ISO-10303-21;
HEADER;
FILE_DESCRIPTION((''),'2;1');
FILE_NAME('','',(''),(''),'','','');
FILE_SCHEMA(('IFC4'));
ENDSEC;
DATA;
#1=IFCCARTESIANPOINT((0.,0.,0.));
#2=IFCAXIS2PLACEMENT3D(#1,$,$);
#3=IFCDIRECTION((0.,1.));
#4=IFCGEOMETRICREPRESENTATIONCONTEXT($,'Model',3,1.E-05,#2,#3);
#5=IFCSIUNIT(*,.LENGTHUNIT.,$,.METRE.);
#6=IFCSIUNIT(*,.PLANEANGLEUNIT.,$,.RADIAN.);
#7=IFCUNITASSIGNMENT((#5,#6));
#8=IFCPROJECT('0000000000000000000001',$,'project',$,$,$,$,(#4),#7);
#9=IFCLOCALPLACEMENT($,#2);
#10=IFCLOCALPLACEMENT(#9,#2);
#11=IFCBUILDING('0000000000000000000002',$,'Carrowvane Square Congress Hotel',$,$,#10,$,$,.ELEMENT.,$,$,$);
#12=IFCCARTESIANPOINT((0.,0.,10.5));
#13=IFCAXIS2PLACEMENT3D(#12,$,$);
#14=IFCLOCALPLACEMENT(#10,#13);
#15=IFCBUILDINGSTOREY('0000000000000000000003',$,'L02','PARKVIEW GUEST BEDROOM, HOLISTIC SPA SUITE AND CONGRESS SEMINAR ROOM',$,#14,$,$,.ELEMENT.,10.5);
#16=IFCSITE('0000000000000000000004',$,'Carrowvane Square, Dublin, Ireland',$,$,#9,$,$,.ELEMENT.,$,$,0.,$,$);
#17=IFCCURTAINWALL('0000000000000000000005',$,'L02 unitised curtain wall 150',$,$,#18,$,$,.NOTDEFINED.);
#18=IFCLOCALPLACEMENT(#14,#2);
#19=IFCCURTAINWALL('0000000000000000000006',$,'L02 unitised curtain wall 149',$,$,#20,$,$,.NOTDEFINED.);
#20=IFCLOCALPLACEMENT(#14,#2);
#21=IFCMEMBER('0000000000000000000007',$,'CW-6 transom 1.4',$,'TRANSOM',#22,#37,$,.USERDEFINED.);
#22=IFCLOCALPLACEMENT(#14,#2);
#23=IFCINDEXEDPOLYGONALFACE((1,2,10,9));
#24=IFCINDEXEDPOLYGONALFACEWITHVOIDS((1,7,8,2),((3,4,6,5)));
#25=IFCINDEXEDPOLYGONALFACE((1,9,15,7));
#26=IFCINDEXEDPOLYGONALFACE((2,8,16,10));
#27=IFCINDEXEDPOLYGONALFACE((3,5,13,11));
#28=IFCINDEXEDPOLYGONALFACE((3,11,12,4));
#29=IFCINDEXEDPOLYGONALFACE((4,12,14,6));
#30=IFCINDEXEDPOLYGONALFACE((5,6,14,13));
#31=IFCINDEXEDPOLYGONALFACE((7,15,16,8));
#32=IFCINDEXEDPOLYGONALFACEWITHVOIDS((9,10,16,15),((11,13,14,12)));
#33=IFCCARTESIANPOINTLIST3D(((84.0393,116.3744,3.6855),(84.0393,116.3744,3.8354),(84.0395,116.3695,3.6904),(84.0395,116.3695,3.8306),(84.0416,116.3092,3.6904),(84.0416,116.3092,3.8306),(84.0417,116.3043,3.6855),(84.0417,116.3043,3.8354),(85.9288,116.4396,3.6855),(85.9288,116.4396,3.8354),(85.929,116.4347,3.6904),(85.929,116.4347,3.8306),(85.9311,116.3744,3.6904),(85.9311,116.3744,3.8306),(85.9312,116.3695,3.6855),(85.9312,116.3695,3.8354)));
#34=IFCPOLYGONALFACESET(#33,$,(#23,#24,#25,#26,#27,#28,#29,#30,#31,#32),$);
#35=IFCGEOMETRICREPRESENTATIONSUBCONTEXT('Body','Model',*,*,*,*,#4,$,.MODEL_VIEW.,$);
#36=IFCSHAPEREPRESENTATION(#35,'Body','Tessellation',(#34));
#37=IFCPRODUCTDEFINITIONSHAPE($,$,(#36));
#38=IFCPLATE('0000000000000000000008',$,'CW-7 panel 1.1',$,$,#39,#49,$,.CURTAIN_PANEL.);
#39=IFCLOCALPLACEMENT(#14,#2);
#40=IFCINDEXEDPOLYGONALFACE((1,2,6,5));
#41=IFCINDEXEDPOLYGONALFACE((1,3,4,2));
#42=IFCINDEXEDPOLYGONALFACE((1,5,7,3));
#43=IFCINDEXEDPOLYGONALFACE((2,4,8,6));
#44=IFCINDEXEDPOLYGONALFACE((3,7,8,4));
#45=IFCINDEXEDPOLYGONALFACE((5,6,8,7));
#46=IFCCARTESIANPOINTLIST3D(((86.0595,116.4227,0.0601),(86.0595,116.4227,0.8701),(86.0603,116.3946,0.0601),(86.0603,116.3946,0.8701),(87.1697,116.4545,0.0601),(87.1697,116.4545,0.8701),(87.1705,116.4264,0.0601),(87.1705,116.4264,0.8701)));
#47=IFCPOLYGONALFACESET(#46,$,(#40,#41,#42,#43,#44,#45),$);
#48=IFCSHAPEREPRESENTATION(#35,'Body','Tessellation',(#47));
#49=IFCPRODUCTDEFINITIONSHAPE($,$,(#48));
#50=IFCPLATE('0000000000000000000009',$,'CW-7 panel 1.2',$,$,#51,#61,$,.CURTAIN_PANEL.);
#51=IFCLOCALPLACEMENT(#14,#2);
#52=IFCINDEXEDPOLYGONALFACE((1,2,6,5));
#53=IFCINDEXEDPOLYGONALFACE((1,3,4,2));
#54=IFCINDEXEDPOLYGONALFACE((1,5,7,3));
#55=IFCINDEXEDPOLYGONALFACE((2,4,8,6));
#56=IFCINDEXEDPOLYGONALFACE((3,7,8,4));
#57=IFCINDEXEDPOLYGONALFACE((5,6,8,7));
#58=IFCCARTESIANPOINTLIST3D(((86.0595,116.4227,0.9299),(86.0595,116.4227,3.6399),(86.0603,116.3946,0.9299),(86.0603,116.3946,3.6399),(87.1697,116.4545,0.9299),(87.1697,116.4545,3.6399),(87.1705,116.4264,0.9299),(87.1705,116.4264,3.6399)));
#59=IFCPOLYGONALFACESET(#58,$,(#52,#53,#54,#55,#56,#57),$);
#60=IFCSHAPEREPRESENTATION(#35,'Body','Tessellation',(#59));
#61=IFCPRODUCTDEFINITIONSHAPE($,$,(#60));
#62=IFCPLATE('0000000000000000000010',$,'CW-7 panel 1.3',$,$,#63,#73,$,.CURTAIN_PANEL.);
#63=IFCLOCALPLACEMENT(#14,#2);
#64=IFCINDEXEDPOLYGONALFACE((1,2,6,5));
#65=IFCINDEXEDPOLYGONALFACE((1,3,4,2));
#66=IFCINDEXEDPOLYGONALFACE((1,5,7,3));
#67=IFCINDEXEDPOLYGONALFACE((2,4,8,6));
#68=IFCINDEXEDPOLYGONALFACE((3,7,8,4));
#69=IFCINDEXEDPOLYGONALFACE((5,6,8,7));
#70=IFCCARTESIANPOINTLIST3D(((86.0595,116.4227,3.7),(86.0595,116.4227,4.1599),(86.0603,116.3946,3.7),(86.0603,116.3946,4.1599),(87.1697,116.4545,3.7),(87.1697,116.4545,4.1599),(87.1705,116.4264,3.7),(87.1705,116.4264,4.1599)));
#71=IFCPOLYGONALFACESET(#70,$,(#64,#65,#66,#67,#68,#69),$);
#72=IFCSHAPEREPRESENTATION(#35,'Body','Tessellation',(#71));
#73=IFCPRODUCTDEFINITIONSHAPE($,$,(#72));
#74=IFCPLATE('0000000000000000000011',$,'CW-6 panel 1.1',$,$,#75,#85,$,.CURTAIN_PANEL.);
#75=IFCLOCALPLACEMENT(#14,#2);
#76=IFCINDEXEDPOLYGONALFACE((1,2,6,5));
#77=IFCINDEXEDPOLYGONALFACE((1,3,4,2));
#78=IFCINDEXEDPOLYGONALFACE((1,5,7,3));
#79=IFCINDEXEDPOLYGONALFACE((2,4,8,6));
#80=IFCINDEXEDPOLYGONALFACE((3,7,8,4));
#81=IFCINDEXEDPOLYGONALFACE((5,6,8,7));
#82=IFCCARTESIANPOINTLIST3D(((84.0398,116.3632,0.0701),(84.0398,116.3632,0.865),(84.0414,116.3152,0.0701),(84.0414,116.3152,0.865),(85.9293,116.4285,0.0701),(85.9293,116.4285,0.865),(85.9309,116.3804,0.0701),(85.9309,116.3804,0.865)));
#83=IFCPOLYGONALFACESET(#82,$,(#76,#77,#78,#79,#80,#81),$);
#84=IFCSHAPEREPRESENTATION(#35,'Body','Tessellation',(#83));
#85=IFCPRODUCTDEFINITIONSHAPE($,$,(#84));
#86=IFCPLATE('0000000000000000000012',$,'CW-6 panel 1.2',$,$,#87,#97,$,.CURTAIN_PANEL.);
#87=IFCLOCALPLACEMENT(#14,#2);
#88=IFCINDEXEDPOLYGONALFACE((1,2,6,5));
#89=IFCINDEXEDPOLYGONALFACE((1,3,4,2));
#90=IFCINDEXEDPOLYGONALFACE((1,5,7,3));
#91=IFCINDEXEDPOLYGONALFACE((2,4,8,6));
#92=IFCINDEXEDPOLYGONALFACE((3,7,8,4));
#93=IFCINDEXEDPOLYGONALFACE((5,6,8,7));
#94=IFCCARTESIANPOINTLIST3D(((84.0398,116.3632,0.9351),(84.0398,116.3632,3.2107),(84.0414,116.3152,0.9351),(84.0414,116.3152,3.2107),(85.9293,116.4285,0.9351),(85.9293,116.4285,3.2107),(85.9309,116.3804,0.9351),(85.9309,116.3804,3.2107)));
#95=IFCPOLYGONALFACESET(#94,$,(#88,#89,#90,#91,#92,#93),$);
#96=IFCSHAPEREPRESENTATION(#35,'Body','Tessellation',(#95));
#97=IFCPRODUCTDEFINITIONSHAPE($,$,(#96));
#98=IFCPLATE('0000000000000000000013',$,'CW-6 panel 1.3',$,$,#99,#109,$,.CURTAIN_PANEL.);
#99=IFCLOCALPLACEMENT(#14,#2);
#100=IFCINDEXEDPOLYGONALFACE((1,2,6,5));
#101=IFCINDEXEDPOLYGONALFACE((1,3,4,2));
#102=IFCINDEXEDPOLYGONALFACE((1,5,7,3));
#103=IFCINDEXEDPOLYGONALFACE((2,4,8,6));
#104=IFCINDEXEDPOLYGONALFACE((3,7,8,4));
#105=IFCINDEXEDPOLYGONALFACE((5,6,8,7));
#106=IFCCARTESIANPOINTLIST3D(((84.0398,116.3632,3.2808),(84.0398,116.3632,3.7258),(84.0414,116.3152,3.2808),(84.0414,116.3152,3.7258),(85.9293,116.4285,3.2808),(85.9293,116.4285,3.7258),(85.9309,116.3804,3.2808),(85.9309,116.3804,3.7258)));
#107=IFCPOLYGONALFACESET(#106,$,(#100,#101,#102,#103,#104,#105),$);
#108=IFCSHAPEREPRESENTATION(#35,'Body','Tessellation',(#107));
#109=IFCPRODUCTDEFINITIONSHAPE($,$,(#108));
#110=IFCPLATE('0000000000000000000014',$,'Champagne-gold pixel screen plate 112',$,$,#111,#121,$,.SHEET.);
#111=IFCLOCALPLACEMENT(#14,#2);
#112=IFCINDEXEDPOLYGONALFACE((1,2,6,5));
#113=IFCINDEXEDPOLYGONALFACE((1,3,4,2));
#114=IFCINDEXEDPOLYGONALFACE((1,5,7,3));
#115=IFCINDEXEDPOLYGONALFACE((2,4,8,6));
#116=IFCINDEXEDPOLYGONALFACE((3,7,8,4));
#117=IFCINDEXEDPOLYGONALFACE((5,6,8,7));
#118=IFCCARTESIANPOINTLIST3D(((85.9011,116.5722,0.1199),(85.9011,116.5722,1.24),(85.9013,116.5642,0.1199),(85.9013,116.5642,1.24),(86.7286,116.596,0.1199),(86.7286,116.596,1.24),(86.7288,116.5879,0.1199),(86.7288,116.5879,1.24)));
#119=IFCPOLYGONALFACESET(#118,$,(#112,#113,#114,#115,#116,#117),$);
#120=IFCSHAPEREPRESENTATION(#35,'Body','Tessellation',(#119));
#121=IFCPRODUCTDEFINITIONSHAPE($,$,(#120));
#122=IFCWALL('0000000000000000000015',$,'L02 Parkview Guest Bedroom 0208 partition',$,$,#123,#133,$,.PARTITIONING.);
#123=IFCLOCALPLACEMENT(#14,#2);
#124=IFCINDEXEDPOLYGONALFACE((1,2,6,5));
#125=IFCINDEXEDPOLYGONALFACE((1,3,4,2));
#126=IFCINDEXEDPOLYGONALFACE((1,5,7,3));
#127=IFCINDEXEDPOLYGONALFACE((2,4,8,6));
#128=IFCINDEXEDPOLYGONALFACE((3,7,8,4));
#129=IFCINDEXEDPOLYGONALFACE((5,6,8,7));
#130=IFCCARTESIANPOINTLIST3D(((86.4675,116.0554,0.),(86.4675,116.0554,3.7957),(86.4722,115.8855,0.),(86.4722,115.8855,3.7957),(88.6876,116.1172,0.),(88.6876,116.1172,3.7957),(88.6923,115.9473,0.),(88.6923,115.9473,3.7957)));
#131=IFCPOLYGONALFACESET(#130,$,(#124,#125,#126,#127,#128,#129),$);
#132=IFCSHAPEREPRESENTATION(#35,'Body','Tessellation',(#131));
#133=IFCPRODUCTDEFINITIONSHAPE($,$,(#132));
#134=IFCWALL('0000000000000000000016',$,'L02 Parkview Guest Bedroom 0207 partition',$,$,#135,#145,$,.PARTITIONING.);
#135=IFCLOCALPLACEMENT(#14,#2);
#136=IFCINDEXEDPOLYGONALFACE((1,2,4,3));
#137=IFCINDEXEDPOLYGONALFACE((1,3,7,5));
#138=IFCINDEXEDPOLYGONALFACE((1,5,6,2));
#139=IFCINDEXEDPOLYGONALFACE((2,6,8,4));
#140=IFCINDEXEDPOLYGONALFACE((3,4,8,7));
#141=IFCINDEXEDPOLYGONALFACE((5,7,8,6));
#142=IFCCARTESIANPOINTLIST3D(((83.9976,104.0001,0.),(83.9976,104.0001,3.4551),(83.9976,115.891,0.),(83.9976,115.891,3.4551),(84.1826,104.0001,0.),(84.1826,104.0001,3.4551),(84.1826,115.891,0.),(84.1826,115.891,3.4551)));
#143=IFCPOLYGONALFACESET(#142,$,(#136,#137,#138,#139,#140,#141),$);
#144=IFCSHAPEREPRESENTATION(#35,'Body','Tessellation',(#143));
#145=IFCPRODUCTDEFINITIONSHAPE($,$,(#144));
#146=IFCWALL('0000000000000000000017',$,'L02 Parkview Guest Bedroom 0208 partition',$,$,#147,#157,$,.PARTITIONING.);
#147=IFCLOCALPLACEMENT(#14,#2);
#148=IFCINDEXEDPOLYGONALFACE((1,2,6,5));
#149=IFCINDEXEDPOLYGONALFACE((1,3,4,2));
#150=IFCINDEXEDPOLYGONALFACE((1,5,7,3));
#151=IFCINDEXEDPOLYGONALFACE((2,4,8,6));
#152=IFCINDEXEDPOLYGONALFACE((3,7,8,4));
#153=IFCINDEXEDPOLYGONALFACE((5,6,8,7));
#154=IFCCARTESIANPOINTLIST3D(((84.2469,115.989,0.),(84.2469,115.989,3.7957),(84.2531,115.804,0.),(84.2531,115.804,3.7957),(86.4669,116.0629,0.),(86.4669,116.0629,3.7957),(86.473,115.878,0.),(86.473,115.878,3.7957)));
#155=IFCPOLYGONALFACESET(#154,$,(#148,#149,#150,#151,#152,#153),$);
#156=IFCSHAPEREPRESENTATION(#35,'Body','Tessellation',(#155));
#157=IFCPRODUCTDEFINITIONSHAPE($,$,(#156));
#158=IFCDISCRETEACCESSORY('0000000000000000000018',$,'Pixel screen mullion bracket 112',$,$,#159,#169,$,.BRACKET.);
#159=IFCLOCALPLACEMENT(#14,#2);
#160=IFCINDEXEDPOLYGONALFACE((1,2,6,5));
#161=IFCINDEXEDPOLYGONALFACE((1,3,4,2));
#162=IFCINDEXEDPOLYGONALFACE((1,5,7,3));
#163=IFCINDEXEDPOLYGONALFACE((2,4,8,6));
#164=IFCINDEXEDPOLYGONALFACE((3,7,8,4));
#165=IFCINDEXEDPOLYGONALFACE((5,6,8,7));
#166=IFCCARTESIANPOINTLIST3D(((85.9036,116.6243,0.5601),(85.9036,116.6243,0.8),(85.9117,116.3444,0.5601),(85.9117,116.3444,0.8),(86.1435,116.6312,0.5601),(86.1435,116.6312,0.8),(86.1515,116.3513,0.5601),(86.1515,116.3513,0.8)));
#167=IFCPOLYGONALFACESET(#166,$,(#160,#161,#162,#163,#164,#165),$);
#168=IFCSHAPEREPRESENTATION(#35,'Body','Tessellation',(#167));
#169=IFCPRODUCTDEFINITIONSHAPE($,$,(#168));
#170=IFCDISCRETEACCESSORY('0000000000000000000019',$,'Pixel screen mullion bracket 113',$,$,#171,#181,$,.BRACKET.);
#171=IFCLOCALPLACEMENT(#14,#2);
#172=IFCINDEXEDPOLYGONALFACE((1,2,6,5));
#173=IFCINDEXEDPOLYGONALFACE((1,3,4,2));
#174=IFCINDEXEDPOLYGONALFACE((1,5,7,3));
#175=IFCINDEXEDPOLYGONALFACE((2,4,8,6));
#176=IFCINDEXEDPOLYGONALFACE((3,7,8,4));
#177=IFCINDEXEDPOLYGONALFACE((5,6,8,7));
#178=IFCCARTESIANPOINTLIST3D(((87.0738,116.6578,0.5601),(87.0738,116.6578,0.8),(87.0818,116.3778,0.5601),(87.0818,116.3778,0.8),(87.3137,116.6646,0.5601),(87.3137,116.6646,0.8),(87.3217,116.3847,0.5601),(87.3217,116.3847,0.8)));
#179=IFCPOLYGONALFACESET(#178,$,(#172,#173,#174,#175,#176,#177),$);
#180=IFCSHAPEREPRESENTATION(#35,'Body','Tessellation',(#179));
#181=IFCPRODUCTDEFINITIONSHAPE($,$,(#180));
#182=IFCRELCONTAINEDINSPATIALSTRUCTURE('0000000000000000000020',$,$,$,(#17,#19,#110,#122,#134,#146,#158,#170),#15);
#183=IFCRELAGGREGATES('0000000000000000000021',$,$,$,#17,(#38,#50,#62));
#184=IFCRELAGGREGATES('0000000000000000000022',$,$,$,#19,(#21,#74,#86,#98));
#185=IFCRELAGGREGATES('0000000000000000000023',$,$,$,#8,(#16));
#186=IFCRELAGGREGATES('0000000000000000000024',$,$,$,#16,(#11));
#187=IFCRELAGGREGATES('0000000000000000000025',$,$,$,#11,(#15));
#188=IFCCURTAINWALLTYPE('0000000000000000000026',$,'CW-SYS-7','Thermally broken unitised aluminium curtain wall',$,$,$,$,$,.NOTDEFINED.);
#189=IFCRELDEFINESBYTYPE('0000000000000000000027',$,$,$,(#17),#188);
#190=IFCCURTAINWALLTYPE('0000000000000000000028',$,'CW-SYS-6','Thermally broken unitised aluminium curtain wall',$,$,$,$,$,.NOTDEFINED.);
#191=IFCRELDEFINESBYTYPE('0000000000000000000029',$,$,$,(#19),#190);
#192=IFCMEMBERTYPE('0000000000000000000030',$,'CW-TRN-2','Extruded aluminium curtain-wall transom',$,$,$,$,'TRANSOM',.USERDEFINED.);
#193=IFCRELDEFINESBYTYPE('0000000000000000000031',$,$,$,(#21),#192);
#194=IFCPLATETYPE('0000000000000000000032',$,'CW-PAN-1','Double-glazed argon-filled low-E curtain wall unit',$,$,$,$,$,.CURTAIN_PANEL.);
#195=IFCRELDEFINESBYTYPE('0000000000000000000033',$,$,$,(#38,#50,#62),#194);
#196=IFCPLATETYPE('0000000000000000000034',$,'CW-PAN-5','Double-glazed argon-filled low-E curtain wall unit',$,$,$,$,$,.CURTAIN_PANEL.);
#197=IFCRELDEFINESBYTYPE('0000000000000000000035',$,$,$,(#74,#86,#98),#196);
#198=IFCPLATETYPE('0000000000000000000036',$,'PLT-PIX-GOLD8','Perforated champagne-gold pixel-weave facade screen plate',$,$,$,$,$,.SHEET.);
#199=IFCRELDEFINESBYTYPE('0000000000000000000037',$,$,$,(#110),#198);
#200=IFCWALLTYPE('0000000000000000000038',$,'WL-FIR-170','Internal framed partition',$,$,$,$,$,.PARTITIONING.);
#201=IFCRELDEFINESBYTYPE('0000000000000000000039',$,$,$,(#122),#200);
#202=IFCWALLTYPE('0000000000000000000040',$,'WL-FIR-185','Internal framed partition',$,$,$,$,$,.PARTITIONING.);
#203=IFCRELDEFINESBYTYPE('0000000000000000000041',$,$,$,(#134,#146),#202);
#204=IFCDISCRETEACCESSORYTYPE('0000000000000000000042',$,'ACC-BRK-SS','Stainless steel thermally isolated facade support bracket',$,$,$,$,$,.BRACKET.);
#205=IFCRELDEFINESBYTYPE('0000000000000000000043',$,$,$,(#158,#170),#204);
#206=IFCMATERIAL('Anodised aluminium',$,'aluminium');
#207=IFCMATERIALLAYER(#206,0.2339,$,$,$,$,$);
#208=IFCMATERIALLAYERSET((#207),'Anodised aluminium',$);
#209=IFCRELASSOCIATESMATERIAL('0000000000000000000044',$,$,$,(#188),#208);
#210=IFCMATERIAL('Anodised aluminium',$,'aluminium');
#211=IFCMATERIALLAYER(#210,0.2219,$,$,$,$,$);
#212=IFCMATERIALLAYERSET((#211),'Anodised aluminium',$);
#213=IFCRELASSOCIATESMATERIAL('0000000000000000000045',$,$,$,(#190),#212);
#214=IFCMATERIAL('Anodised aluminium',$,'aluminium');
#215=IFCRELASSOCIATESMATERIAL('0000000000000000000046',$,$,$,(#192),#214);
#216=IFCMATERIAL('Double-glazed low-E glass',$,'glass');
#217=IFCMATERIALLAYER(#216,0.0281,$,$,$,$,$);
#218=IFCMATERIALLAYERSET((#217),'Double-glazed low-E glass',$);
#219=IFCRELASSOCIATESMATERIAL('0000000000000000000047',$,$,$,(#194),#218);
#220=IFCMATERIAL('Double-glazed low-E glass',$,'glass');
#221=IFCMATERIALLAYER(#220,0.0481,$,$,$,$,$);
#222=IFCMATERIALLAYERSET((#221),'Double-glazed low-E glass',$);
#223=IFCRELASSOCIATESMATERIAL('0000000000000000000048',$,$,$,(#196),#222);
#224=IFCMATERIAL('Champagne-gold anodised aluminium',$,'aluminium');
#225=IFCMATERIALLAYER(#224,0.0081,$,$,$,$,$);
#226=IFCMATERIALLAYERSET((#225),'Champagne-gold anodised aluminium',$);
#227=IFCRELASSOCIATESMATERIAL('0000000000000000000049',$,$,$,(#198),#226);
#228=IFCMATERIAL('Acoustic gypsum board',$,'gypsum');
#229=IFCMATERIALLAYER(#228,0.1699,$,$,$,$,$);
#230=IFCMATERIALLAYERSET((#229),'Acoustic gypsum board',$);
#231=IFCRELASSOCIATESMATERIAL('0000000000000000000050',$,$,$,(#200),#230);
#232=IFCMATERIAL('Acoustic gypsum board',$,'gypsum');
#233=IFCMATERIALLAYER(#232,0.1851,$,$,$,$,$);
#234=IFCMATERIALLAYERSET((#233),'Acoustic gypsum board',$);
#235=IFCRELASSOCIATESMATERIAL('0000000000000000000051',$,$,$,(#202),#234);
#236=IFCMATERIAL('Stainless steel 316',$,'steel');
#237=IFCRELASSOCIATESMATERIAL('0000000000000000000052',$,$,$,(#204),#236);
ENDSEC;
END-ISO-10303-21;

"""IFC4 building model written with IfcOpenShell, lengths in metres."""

from ifc_helpers import new_model, si_unit, direction, frame, frame_2d, origin, origin_2d, place, context, subcontext, project, spatial, rectangle, hollow_rectangle, extrude, material, layer, layer_set, material_profile, profile_set, type_object, element, aggregate, save


model = new_model("IFC4")

# Units and contexts
model_context = context("Model", 3, precision=1e-05, world=origin(), true_north=direction((0.0, 1.0)))
body_context = subcontext(model_context, "Body", "Model", "MODEL_VIEW")
ifc_project = project(units=[si_unit("LENGTHUNIT", "METRE"), si_unit("PLANEANGLEUNIT", "RADIAN")], contexts=[model_context])

# Site, building, storey
site_placement = place(None, origin())
site = spatial("IfcSite", under=ifc_project, at=site_placement, Name="Carrowvane Square, Dublin, Ireland", CompositionType="ELEMENT", RefElevation=0.0)
building_placement = place(site_placement, origin())
building = spatial("IfcBuilding", under=site, at=building_placement, Name="Carrowvane Square Congress Hotel", CompositionType="ELEMENT")
storey_placement = place(building_placement, frame((0.0, 0.0, 10.5)))
storey = spatial("IfcBuildingStorey", under=building, at=storey_placement, Name="L02", Description="PARKVIEW GUEST BEDROOM, HOLISTIC SPA SUITE AND CONGRESS SEMINAR ROOM", CompositionType="ELEMENT", Elevation=10.5)

# Curtain wall
ifc_material_1 = material(Name="Anodised aluminium", Category="aluminium")
ifc_layer_1 = layer(ifc_material_1, 0.2339)
ifc_layer_set_1 = layer_set([ifc_layer_1], Name="Anodised aluminium")
curtain_wall_type_1 = type_object("IfcCurtainWallType", Name="CW-SYS-7", Description="Thermally broken unitised aluminium curtain wall", PredefinedType="NOTDEFINED", material=ifc_layer_set_1)
curtain_wall_1_placement = place(storey_placement, origin())
curtain_wall_1 = element("IfcCurtainWall", 1, at=curtain_wall_1_placement, inside=storey, type_object=curtain_wall_type_1, Name="L02 unitised curtain wall 150", PredefinedType="NOTDEFINED")

# Curtain wall
ifc_material_2 = material(Name="Anodised aluminium", Category="aluminium")
ifc_layer_2 = layer(ifc_material_2, 0.2219)
ifc_layer_set_2 = layer_set([ifc_layer_2], Name="Anodised aluminium")
curtain_wall_type_2 = type_object("IfcCurtainWallType", Name="CW-SYS-6", Description="Thermally broken unitised aluminium curtain wall", PredefinedType="NOTDEFINED", material=ifc_layer_set_2)
curtain_wall_2_placement = place(storey_placement, origin())
curtain_wall_2 = element("IfcCurtainWall", 2, at=curtain_wall_2_placement, inside=storey, type_object=curtain_wall_type_2, Name="L02 unitised curtain wall 149", PredefinedType="NOTDEFINED")

# Member
ifc_material_3 = material(Name="Anodised aluminium", Category="aluminium")
ifc_material_profile_1 = material_profile(ifc_material_3, hollow_rectangle(XDim=0.0701, YDim=0.1499, WallThickness=0.0049, at=origin_2d()), Name="CW-TR 70x150x5")
ifc_profile_set_1 = profile_set([ifc_material_profile_1], Name="Anodised aluminium")
member_type_1 = type_object("IfcMemberType", Name="CW-TRN-2", Description="Extruded aluminium curtain-wall transom", ElementType="TRANSOM", PredefinedType="USERDEFINED", material=ifc_profile_set_1)
member_1_placement = place(storey_placement, frame((84.0405, 116.3394, 3.7605), z_axis=(0.999405, 0.03448, 0.0), x_axis=(-0.03448, 0.999405, 0.0)))
member_1 = element("IfcMember", 3, at=member_1_placement, type_object=member_type_1, Name="CW-6 transom 1.4", ObjectType="TRANSOM", PredefinedType="USERDEFINED", context=body_context, shape_type="SweptSolid", body=[
    extrude(hollow_rectangle(XDim=0.0701, YDim=0.1499, WallThickness=0.0049, at=origin_2d()), origin(), (0.0, 0.0, 1.0), 1.8906),
])

# Plates
ifc_material_4 = material(Name="Double-glazed low-E glass", Category="glass")
ifc_layer_3 = layer(ifc_material_4, 0.0281)
ifc_layer_set_3 = layer_set([ifc_layer_3], Name="Double-glazed low-E glass")
plate_type_1 = type_object("IfcPlateType", Name="CW-PAN-1", Description="Double-glazed argon-filled low-E curtain wall unit", PredefinedType="CURTAIN_PANEL", material=ifc_layer_set_3)
plate_1_placement = place(storey_placement, frame((86.615, 116.4246, 0.0601), z_axis=(0.0, 0.0, 1.0), x_axis=(0.99959, 0.028638, 0.0)))
plate_1 = element("IfcPlate", 4, at=plate_1_placement, type_object=plate_type_1, Name="CW-7 panel 1.1", PredefinedType="CURTAIN_PANEL", context=body_context, shape_type="SweptSolid", body=[
    extrude(rectangle(XDim=1.1106, YDim=0.0281, at=origin_2d()), origin(), (0.0, 0.0, 1.0), 0.8101),
])
plate_2_placement = place(storey_placement, frame((86.615, 116.4246, 0.9299), z_axis=(0.0, 0.0, 1.0), x_axis=(0.99959, 0.028638, 0.0)))
plate_2 = element("IfcPlate", 5, at=plate_2_placement, type_object=plate_type_1, Name="CW-7 panel 1.2", PredefinedType="CURTAIN_PANEL", context=body_context, shape_type="SweptSolid", body=[
    extrude(rectangle(XDim=1.1106, YDim=0.0281, at=origin_2d()), origin(), (0.0, 0.0, 1.0), 2.71),
])
plate_3_placement = place(storey_placement, frame((86.615, 116.4246, 3.7), z_axis=(0.0, 0.0, 1.0), x_axis=(0.99959, 0.028638, 0.0)))
plate_3 = element("IfcPlate", 6, at=plate_3_placement, type_object=plate_type_1, Name="CW-7 panel 1.3", PredefinedType="CURTAIN_PANEL", context=body_context, shape_type="SweptSolid", body=[
    extrude(rectangle(XDim=1.1106, YDim=0.0281, at=origin_2d()), origin(), (0.0, 0.0, 1.0), 0.46),
])
aggregate(curtain_wall_1, [plate_1, plate_2, plate_3])
ifc_material_5 = material(Name="Double-glazed low-E glass", Category="glass")
ifc_layer_4 = layer(ifc_material_5, 0.0481)
ifc_layer_set_4 = layer_set([ifc_layer_4], Name="Double-glazed low-E glass")
plate_type_2 = type_object("IfcPlateType", Name="CW-PAN-5", Description="Double-glazed argon-filled low-E curtain wall unit", PredefinedType="CURTAIN_PANEL", material=ifc_layer_set_4)
plate_4_placement = place(storey_placement, frame((84.9854, 116.3718, 0.0701), z_axis=(0.0, 0.0, 1.0), x_axis=(0.999404, 0.034527, 0.0)))
plate_4 = element("IfcPlate", 7, at=plate_4_placement, type_object=plate_type_2, Name="CW-6 panel 1.1", PredefinedType="CURTAIN_PANEL", context=body_context, shape_type="SweptSolid", body=[
    extrude(rectangle(XDim=1.8906, YDim=0.0481, at=origin_2d()), origin(), (0.0, 0.0, 1.0), 0.7949),
])
plate_5_placement = place(storey_placement, frame((84.9854, 116.3718, 0.9351), z_axis=(0.0, 0.0, 1.0), x_axis=(0.999404, 0.034527, 0.0)))
plate_5 = element("IfcPlate", 8, at=plate_5_placement, type_object=plate_type_2, Name="CW-6 panel 1.2", PredefinedType="CURTAIN_PANEL", context=body_context, shape_type="SweptSolid", body=[
    extrude(rectangle(XDim=1.8906, YDim=0.0481, at=origin_2d()), origin(), (0.0, 0.0, 1.0), 2.2756),
])
plate_6_placement = place(storey_placement, frame((84.9854, 116.3718, 3.2808), z_axis=(0.0, 0.0, 1.0), x_axis=(0.999404, 0.034527, 0.0)))
plate_6 = element("IfcPlate", 9, at=plate_6_placement, type_object=plate_type_2, Name="CW-6 panel 1.3", PredefinedType="CURTAIN_PANEL", context=body_context, shape_type="SweptSolid", body=[
    extrude(rectangle(XDim=1.8906, YDim=0.0481, at=origin_2d()), origin(), (0.0, 0.0, 1.0), 0.4451),
])
aggregate(curtain_wall_2, [member_1, plate_4, plate_5, plate_6])
ifc_material_6 = material(Name="Champagne-gold anodised aluminium", Category="aluminium")
ifc_layer_5 = layer(ifc_material_6, 0.0081)
ifc_layer_set_5 = layer_set([ifc_layer_5], Name="Champagne-gold anodised aluminium")
plate_type_3 = type_object("IfcPlateType", Name="PLT-PIX-GOLD8", Description="Perforated champagne-gold pixel-weave facade screen plate", PredefinedType="SHEET", material=ifc_layer_set_5)
plate_7_placement = place(storey_placement, frame((86.3149, 116.5801, 0.1199), z_axis=(0.0, 0.0, 1.0), x_axis=(0.99959, 0.028639, 0.0)))
element("IfcPlate", 10, at=plate_7_placement, inside=storey, type_object=plate_type_3, Name="Champagne-gold pixel screen plate 112", PredefinedType="SHEET", context=body_context, shape_type="SweptSolid", body=[
    extrude(rectangle(XDim=0.8279, YDim=0.0081, at=origin_2d()), origin(), (0.0, 0.0, 1.0), 1.1201),
])

# Walls
ifc_material_7 = material(Name="Acoustic gypsum board", Category="gypsum")
ifc_layer_6 = layer(ifc_material_7, 0.1699)
ifc_layer_set_6 = layer_set([ifc_layer_6], Name="Acoustic gypsum board")
wall_type_1 = type_object("IfcWallType", Name="WL-FIR-170", Description="Internal framed partition", PredefinedType="PARTITIONING", material=ifc_layer_set_6)
wall_1_placement = place(storey_placement, frame((86.47, 115.9705, 0.0), z_axis=(0.0, 0.0, 1.0), x_axis=(0.999613, 0.027813, 0.0)))
element("IfcWall", 11, at=wall_1_placement, inside=storey, type_object=wall_type_1, Name="L02 Parkview Guest Bedroom 0208 partition", PredefinedType="PARTITIONING", context=body_context, shape_type="SweptSolid", body=[
    extrude(rectangle(XDim=2.2209, YDim=0.1699, at=frame_2d((1.1104, 0.0))), origin(), (0.0, 0.0, 1.0), 3.7957),
])
ifc_material_8 = material(Name="Acoustic gypsum board", Category="gypsum")
ifc_layer_7 = layer(ifc_material_8, 0.1851)
ifc_layer_set_7 = layer_set([ifc_layer_7], Name="Acoustic gypsum board")
wall_type_2 = type_object("IfcWallType", Name="WL-FIR-185", Description="Internal framed partition", PredefinedType="PARTITIONING", material=ifc_layer_set_7)
wall_2_placement = place(storey_placement, frame((84.0901, 115.8909, 0.0), z_axis=(0.0, 0.0, 1.0), x_axis=(0.0, -1.0, 0.0)))
element("IfcWall", 12, at=wall_2_placement, inside=storey, type_object=wall_type_2, Name="L02 Parkview Guest Bedroom 0207 partition", PredefinedType="PARTITIONING", context=body_context, shape_type="SweptSolid", body=[
    extrude(rectangle(XDim=11.8909, YDim=0.1851, at=frame_2d((5.9453, 0.0))), origin(), (0.0, 0.0, 1.0), 3.4551),
])
wall_3_placement = place(storey_placement, frame((84.25, 115.8965, 0.0), z_axis=(0.0, 0.0, 1.0), x_axis=(0.999445, 0.033304, 0.0)))
element("IfcWall", 13, at=wall_3_placement, inside=storey, type_object=wall_type_2, Name="L02 Parkview Guest Bedroom 0208 partition", PredefinedType="PARTITIONING", context=body_context, shape_type="SweptSolid", body=[
    extrude(rectangle(XDim=2.2212, YDim=0.1851, at=frame_2d((1.1106, 0.0))), origin(), (0.0, 0.0, 1.0), 3.7957),
])

# Discrete accessories
ifc_material_9 = material(Name="Stainless steel 316", Category="steel")
discrete_accessory_type = type_object("IfcDiscreteAccessoryType", Name="ACC-BRK-SS", Description="Stainless steel thermally isolated facade support bracket", PredefinedType="BRACKET", material=ifc_material_9)
for number, where, z_axis, x_axis, name in (
    (14, (86.0276, 116.4878, 0.5601), (0.0, 0.0, 1.0), (0.99959, 0.028639, 0.0), "Pixel screen mullion bracket 112"),
    (15, (87.1978, 116.5212, 0.5601), (0.0, 0.0, 1.0), (0.99959, 0.028639, 0.0), "Pixel screen mullion bracket 113"),
):
    element("IfcDiscreteAccessory", number, at=place(storey_placement, frame(where, z_axis=z_axis, x_axis=x_axis)), inside=storey, type_object=discrete_accessory_type, Name=name, PredefinedType="BRACKET", context=body_context, shape_type="SweptSolid", body=[
        extrude(rectangle(XDim=0.24, YDim=0.28, at=origin_2d()), origin(), (0.0, 0.0, 1.0), 0.24),
    ])

save(model, "model.ifc")
